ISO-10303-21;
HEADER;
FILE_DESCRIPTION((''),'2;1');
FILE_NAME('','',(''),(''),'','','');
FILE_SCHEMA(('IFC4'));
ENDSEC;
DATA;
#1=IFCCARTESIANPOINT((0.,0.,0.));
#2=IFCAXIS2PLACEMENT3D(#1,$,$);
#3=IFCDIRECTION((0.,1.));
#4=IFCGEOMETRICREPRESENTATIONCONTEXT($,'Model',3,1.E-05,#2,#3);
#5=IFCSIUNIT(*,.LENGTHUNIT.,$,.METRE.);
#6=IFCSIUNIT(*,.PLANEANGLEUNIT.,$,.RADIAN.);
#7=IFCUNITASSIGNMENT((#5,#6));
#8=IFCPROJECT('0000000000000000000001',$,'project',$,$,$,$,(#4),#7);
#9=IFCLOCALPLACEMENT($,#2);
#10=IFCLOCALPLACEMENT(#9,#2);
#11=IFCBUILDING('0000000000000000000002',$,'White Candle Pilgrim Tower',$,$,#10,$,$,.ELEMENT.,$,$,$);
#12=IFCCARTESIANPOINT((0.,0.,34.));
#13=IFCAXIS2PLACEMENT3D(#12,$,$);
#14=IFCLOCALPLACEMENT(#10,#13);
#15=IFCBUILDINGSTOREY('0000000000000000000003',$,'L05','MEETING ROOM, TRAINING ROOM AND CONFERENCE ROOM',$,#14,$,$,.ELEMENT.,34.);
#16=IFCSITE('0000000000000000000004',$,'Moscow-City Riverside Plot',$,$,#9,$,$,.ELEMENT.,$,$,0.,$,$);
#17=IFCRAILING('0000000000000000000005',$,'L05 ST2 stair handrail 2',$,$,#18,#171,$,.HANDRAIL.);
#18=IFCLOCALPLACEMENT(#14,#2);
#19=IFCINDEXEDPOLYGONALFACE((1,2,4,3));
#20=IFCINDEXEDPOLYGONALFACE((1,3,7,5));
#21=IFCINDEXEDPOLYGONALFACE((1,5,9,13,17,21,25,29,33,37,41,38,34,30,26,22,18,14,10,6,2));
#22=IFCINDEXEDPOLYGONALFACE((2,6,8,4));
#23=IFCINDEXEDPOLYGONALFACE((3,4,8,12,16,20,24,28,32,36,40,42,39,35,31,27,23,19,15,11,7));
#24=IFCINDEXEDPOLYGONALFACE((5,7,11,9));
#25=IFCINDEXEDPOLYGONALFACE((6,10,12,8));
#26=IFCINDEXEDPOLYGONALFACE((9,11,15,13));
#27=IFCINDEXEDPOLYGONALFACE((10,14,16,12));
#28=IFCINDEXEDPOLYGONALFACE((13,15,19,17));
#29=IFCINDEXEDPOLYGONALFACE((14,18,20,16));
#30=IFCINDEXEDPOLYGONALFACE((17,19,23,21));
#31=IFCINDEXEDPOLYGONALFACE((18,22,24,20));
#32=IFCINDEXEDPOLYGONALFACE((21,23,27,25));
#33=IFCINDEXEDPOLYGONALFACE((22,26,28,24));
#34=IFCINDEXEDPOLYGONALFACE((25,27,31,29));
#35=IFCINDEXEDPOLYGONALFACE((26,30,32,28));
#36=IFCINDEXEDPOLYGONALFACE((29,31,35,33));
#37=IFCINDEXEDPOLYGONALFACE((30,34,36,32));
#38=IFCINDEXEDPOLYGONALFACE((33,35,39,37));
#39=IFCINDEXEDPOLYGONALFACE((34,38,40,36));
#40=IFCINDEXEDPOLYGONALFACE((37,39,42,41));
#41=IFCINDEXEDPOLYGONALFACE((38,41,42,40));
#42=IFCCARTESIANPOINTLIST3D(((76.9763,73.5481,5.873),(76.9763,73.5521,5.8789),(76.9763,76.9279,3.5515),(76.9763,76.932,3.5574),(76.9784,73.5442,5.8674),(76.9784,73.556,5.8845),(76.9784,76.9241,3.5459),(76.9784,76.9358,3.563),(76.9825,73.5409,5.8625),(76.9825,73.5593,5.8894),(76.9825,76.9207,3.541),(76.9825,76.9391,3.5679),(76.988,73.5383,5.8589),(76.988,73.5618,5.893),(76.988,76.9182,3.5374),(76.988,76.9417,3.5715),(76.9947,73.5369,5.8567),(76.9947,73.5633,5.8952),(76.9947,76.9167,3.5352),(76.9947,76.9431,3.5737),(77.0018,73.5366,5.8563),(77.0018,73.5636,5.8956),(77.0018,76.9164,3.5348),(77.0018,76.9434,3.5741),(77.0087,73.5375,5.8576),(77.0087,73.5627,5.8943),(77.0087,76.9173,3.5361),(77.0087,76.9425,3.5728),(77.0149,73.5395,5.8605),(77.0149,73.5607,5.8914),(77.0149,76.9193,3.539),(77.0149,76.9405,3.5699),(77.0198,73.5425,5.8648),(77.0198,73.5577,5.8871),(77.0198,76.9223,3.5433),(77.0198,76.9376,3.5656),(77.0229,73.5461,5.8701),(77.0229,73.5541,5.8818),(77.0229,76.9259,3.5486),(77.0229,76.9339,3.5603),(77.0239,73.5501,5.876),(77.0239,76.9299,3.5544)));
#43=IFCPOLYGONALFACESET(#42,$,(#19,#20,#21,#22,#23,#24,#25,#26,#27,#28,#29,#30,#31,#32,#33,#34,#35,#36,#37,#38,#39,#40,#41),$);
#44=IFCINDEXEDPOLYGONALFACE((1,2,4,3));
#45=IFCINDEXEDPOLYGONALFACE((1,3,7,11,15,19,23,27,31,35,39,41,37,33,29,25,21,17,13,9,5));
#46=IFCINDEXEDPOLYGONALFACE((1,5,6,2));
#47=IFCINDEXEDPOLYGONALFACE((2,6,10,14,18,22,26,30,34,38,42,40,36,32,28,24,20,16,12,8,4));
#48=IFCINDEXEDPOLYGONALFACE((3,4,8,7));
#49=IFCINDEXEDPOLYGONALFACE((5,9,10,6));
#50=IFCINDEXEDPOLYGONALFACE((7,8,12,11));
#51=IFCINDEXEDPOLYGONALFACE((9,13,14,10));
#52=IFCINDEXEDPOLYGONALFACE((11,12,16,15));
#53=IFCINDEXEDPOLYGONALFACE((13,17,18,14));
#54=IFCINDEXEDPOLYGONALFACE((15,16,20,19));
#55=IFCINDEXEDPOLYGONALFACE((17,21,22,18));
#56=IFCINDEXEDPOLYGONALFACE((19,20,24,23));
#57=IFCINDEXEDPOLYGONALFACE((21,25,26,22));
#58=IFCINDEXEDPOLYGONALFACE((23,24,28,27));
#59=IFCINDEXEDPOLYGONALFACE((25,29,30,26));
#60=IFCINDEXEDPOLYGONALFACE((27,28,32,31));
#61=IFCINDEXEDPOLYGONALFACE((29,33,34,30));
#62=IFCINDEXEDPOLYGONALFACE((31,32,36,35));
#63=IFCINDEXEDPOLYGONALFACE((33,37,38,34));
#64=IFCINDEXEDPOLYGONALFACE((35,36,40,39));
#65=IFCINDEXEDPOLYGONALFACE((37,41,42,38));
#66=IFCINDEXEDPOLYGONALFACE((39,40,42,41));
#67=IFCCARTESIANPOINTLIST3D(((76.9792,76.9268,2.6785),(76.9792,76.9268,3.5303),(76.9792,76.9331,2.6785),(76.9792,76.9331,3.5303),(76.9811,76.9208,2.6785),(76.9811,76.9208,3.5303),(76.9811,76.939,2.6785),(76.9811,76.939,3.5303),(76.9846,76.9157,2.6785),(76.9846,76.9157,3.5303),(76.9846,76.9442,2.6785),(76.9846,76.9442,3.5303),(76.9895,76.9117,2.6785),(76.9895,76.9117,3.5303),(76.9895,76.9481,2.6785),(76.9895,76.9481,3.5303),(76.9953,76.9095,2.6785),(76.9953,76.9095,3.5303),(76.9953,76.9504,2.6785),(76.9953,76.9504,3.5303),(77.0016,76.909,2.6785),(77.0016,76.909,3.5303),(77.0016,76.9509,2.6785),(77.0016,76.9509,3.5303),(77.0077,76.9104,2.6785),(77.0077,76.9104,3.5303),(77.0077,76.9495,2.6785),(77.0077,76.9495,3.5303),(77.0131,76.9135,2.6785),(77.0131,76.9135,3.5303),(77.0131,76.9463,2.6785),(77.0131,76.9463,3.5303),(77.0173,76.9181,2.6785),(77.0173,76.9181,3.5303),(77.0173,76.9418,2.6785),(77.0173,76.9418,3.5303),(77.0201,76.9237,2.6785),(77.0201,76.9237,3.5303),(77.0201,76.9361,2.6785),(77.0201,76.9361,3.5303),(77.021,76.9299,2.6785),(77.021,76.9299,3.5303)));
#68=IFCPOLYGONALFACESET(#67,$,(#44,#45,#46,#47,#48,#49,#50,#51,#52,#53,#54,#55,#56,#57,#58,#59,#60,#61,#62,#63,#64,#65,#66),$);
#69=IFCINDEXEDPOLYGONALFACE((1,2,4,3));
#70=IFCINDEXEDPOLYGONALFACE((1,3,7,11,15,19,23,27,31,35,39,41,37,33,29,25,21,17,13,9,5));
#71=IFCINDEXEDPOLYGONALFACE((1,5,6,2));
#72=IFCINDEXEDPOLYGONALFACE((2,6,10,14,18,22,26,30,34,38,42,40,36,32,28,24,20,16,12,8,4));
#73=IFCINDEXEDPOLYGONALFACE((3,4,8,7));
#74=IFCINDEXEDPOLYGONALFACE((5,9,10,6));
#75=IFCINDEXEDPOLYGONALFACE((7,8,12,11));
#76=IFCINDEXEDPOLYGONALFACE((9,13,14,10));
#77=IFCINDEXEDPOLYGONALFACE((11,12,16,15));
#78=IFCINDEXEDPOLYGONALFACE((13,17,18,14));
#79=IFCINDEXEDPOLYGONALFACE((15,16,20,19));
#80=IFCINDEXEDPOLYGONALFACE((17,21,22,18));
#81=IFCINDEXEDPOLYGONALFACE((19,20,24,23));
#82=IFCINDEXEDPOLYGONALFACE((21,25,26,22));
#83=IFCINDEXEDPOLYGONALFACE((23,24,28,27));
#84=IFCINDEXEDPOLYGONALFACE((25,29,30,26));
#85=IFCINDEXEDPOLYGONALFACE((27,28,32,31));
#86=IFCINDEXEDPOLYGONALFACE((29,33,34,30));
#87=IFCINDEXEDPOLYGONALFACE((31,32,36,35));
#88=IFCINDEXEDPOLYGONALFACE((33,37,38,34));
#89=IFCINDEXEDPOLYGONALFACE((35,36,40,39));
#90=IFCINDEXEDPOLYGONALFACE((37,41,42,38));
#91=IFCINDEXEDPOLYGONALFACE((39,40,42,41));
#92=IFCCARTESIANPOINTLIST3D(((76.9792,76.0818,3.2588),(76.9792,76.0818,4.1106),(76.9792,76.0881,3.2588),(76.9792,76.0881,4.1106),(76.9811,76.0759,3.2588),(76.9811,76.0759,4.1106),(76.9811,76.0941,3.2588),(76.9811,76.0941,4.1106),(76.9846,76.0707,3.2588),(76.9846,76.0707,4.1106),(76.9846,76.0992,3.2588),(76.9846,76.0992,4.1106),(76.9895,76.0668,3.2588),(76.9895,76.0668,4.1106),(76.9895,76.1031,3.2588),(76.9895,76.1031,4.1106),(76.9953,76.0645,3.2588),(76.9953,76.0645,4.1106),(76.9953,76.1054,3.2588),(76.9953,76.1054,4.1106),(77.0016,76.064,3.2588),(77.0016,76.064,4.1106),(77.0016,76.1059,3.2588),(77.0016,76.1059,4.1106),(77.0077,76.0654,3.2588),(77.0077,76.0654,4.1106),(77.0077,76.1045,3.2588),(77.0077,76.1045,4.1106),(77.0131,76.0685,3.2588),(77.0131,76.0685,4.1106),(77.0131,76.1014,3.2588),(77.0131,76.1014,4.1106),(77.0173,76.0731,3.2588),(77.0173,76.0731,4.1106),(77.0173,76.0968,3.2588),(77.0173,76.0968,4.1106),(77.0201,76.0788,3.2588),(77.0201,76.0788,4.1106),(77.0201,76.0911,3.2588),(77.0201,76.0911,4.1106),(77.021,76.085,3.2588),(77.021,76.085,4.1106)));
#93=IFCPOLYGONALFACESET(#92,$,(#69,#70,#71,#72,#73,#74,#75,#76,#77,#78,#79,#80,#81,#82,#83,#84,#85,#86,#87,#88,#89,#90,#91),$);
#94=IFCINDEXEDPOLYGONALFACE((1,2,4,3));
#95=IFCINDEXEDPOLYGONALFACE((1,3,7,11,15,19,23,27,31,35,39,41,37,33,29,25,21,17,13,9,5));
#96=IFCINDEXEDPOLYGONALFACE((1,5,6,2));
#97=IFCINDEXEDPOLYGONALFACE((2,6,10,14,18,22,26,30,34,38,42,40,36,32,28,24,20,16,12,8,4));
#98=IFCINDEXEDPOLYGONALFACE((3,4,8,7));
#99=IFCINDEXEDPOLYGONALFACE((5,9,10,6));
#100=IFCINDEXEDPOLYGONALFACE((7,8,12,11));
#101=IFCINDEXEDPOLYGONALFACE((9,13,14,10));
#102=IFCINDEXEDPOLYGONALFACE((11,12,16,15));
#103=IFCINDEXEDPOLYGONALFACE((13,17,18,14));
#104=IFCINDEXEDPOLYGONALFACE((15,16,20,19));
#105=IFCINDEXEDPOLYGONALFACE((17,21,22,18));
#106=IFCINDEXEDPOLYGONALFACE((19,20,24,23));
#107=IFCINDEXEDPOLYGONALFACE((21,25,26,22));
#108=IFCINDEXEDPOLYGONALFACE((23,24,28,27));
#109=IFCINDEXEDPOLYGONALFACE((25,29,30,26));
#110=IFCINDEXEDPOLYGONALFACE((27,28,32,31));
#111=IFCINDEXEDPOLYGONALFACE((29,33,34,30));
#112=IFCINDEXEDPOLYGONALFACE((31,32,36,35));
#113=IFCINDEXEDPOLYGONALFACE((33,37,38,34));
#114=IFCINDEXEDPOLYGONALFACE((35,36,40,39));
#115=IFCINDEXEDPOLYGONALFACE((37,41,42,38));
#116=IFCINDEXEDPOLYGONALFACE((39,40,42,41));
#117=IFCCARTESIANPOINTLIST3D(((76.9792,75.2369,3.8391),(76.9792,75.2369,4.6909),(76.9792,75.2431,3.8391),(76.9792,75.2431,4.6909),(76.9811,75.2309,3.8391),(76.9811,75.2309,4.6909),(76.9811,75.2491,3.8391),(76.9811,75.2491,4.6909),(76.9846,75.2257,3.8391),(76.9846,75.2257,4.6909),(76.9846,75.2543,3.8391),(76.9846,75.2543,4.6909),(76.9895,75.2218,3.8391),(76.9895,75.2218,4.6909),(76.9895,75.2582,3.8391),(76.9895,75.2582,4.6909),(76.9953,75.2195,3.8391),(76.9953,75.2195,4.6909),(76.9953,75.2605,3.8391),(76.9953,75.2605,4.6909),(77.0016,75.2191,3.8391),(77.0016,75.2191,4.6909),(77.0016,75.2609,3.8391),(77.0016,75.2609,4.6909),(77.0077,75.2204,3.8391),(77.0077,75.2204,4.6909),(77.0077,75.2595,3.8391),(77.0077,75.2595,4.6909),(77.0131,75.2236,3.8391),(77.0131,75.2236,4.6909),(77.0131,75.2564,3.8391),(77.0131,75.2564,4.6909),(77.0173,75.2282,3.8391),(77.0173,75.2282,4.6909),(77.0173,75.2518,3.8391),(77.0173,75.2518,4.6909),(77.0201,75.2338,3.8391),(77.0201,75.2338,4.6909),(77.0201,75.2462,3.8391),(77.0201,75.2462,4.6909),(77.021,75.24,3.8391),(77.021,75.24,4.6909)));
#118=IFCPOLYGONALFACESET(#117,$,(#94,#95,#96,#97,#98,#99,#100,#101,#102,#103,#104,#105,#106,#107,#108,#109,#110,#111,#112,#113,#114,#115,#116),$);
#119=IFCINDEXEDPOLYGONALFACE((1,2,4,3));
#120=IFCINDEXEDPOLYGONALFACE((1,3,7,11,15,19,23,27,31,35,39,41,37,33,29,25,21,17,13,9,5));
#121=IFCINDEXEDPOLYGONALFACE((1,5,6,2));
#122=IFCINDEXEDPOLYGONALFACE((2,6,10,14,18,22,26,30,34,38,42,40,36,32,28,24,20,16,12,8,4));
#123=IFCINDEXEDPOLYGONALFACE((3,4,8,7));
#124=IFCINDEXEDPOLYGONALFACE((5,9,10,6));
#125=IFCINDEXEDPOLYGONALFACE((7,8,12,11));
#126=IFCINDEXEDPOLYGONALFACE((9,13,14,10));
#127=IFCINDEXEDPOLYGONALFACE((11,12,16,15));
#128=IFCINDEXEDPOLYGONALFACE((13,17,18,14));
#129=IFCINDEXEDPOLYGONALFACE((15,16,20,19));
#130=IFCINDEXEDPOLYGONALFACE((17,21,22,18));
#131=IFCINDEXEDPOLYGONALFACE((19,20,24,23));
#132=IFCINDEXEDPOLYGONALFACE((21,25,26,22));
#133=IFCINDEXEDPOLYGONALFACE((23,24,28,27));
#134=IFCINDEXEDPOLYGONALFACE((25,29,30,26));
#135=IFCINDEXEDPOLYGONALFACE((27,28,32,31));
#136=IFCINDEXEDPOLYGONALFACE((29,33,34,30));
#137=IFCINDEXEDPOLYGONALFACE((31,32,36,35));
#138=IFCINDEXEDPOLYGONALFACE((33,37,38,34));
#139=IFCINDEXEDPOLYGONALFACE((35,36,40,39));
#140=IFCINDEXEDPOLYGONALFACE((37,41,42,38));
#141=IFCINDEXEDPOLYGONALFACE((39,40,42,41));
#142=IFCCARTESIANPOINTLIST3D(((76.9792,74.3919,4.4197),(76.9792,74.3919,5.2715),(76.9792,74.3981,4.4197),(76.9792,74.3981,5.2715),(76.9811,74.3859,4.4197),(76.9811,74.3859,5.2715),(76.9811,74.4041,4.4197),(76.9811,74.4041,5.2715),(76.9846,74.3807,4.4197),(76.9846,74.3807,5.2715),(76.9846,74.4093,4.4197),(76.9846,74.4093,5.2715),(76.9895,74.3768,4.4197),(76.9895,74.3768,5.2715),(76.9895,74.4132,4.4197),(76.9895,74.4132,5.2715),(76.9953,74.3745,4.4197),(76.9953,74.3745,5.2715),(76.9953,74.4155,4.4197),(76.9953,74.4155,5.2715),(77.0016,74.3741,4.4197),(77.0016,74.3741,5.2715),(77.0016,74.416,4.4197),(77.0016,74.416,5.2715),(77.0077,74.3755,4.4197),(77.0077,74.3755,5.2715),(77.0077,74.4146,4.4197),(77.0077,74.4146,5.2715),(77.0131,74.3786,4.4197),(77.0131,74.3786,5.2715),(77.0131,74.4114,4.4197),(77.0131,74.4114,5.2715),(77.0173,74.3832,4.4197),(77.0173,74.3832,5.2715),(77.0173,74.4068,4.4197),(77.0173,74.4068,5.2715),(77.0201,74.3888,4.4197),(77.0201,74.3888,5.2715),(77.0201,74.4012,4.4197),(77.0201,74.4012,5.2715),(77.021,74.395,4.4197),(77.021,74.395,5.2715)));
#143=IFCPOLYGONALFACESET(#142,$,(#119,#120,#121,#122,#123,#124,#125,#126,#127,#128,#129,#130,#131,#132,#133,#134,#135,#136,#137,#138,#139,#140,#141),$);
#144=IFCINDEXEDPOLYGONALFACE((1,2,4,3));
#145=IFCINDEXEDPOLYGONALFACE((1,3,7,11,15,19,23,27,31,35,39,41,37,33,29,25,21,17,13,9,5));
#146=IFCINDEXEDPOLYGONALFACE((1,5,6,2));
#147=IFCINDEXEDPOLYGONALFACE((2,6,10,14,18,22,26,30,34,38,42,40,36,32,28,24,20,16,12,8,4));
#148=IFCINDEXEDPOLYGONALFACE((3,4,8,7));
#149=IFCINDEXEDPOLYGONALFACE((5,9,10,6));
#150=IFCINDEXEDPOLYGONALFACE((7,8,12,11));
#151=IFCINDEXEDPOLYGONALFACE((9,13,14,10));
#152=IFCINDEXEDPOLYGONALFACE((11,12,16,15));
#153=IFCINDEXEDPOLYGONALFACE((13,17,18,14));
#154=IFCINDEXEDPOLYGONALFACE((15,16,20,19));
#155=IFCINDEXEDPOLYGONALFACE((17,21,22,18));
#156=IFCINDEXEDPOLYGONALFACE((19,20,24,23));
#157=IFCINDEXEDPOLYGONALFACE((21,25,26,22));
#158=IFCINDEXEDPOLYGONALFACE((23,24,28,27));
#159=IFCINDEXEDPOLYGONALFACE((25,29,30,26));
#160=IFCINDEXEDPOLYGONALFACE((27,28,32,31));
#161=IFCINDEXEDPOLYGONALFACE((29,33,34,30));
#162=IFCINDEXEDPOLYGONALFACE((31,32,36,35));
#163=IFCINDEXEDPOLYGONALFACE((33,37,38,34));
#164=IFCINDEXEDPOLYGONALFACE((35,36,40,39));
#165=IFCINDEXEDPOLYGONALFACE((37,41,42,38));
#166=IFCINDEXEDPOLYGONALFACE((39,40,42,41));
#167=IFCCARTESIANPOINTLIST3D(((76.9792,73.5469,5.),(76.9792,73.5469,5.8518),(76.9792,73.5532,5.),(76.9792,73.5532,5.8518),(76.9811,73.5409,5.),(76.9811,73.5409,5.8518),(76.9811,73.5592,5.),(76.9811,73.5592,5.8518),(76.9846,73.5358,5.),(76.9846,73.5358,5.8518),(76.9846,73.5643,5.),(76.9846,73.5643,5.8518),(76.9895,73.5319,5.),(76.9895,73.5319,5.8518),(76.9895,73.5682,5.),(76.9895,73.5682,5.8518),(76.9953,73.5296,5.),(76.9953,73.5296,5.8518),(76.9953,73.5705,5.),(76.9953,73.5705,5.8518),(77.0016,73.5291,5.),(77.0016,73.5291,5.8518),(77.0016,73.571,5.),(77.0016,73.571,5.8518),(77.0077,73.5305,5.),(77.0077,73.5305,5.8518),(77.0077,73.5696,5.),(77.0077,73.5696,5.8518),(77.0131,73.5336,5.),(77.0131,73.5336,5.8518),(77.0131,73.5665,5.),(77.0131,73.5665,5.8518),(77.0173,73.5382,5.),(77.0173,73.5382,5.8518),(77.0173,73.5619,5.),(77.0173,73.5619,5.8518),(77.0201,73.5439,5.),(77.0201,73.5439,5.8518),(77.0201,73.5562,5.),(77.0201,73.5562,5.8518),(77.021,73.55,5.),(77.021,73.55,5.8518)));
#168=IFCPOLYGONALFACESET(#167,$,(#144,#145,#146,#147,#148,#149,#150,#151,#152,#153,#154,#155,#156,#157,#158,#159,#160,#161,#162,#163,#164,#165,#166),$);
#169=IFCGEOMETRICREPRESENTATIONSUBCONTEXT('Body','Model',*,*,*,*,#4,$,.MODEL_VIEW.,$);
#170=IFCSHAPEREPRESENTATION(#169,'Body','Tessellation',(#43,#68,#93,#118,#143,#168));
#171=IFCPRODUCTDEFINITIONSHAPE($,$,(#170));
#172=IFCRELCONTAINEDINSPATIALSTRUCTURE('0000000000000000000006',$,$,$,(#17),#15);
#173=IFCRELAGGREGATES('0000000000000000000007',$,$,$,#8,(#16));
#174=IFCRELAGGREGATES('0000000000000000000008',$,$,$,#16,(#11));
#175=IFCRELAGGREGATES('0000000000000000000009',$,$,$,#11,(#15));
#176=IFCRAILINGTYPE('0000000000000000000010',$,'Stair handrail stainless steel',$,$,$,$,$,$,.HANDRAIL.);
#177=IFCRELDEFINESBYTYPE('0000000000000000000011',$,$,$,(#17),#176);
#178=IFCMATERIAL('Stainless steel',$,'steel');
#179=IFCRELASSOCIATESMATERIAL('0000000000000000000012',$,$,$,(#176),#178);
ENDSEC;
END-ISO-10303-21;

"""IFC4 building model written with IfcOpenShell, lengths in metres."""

from ifc_helpers import new_model, si_unit, direction, frame, origin, origin_2d, place, context, subcontext, project, spatial, circle, extrude, material, type_object, element, save


model = new_model("IFC4")

# Units and contexts
model_context = context("Model", 3, precision=1e-05, world=origin(), true_north=direction((0.0, 1.0)))
body_context = subcontext(model_context, "Body", "Model", "MODEL_VIEW")
ifc_project = project(units=[si_unit("LENGTHUNIT", "METRE"), si_unit("PLANEANGLEUNIT", "RADIAN")], contexts=[model_context])

# Site, building, storey
site_placement = place(None, origin())
site = spatial("IfcSite", under=ifc_project, at=site_placement, Name="Moscow-City Riverside Plot", CompositionType="ELEMENT", RefElevation=0.0)
building_placement = place(site_placement, origin())
building = spatial("IfcBuilding", under=site, at=building_placement, Name="White Candle Pilgrim Tower", CompositionType="ELEMENT")
storey_placement = place(building_placement, frame((0.0, 0.0, 34.0)))
storey = spatial("IfcBuildingStorey", under=building, at=storey_placement, Name="L05", Description="MEETING ROOM, TRAINING ROOM AND CONFERENCE ROOM", CompositionType="ELEMENT", Elevation=34.0)

# Railing
ifc_material_1 = material(Name="Stainless steel", Category="steel")
railing_type_1 = type_object("IfcRailingType", Name="Stair handrail stainless steel", PredefinedType="HANDRAIL", material=ifc_material_1)
railing_1_placement = place(storey_placement, frame((77.0, 76.9299, 2.6785)))
element("IfcRailing", 1, at=railing_1_placement, inside=storey, type_object=railing_type_1, Name="L05 ST2 stair handrail 2", PredefinedType="HANDRAIL", context=body_context, shape_type="SweptSolid", body=[
    extrude(circle(Radius=0.0239, at=origin_2d()), frame((0.0, 0.0, 0.876), z_axis=(0.0, -0.824285, 0.566175), x_axis=(1.0, 0.0, 0.0)), (0.0, 0.0, 1.0), 4.1003),
    extrude(circle(Radius=0.021, at=origin_2d()), origin(), (0.0, 0.0, 1.0), 0.8518),
    extrude(circle(Radius=0.021, at=origin_2d()), frame((0.0, -0.845, 0.5803)), (0.0, 0.0, 1.0), 0.8518),
    extrude(circle(Radius=0.021, at=origin_2d()), frame((0.0, -1.6899, 1.1606)), (0.0, 0.0, 1.0), 0.8518),
    extrude(circle(Radius=0.021, at=origin_2d()), frame((0.0, -2.5349, 1.7412)), (0.0, 0.0, 1.0), 0.8518),
    extrude(circle(Radius=0.021, at=origin_2d()), frame((0.0, -3.3799, 2.3215)), (0.0, 0.0, 1.0), 0.8518),
])

save(model, "model.ifc")
